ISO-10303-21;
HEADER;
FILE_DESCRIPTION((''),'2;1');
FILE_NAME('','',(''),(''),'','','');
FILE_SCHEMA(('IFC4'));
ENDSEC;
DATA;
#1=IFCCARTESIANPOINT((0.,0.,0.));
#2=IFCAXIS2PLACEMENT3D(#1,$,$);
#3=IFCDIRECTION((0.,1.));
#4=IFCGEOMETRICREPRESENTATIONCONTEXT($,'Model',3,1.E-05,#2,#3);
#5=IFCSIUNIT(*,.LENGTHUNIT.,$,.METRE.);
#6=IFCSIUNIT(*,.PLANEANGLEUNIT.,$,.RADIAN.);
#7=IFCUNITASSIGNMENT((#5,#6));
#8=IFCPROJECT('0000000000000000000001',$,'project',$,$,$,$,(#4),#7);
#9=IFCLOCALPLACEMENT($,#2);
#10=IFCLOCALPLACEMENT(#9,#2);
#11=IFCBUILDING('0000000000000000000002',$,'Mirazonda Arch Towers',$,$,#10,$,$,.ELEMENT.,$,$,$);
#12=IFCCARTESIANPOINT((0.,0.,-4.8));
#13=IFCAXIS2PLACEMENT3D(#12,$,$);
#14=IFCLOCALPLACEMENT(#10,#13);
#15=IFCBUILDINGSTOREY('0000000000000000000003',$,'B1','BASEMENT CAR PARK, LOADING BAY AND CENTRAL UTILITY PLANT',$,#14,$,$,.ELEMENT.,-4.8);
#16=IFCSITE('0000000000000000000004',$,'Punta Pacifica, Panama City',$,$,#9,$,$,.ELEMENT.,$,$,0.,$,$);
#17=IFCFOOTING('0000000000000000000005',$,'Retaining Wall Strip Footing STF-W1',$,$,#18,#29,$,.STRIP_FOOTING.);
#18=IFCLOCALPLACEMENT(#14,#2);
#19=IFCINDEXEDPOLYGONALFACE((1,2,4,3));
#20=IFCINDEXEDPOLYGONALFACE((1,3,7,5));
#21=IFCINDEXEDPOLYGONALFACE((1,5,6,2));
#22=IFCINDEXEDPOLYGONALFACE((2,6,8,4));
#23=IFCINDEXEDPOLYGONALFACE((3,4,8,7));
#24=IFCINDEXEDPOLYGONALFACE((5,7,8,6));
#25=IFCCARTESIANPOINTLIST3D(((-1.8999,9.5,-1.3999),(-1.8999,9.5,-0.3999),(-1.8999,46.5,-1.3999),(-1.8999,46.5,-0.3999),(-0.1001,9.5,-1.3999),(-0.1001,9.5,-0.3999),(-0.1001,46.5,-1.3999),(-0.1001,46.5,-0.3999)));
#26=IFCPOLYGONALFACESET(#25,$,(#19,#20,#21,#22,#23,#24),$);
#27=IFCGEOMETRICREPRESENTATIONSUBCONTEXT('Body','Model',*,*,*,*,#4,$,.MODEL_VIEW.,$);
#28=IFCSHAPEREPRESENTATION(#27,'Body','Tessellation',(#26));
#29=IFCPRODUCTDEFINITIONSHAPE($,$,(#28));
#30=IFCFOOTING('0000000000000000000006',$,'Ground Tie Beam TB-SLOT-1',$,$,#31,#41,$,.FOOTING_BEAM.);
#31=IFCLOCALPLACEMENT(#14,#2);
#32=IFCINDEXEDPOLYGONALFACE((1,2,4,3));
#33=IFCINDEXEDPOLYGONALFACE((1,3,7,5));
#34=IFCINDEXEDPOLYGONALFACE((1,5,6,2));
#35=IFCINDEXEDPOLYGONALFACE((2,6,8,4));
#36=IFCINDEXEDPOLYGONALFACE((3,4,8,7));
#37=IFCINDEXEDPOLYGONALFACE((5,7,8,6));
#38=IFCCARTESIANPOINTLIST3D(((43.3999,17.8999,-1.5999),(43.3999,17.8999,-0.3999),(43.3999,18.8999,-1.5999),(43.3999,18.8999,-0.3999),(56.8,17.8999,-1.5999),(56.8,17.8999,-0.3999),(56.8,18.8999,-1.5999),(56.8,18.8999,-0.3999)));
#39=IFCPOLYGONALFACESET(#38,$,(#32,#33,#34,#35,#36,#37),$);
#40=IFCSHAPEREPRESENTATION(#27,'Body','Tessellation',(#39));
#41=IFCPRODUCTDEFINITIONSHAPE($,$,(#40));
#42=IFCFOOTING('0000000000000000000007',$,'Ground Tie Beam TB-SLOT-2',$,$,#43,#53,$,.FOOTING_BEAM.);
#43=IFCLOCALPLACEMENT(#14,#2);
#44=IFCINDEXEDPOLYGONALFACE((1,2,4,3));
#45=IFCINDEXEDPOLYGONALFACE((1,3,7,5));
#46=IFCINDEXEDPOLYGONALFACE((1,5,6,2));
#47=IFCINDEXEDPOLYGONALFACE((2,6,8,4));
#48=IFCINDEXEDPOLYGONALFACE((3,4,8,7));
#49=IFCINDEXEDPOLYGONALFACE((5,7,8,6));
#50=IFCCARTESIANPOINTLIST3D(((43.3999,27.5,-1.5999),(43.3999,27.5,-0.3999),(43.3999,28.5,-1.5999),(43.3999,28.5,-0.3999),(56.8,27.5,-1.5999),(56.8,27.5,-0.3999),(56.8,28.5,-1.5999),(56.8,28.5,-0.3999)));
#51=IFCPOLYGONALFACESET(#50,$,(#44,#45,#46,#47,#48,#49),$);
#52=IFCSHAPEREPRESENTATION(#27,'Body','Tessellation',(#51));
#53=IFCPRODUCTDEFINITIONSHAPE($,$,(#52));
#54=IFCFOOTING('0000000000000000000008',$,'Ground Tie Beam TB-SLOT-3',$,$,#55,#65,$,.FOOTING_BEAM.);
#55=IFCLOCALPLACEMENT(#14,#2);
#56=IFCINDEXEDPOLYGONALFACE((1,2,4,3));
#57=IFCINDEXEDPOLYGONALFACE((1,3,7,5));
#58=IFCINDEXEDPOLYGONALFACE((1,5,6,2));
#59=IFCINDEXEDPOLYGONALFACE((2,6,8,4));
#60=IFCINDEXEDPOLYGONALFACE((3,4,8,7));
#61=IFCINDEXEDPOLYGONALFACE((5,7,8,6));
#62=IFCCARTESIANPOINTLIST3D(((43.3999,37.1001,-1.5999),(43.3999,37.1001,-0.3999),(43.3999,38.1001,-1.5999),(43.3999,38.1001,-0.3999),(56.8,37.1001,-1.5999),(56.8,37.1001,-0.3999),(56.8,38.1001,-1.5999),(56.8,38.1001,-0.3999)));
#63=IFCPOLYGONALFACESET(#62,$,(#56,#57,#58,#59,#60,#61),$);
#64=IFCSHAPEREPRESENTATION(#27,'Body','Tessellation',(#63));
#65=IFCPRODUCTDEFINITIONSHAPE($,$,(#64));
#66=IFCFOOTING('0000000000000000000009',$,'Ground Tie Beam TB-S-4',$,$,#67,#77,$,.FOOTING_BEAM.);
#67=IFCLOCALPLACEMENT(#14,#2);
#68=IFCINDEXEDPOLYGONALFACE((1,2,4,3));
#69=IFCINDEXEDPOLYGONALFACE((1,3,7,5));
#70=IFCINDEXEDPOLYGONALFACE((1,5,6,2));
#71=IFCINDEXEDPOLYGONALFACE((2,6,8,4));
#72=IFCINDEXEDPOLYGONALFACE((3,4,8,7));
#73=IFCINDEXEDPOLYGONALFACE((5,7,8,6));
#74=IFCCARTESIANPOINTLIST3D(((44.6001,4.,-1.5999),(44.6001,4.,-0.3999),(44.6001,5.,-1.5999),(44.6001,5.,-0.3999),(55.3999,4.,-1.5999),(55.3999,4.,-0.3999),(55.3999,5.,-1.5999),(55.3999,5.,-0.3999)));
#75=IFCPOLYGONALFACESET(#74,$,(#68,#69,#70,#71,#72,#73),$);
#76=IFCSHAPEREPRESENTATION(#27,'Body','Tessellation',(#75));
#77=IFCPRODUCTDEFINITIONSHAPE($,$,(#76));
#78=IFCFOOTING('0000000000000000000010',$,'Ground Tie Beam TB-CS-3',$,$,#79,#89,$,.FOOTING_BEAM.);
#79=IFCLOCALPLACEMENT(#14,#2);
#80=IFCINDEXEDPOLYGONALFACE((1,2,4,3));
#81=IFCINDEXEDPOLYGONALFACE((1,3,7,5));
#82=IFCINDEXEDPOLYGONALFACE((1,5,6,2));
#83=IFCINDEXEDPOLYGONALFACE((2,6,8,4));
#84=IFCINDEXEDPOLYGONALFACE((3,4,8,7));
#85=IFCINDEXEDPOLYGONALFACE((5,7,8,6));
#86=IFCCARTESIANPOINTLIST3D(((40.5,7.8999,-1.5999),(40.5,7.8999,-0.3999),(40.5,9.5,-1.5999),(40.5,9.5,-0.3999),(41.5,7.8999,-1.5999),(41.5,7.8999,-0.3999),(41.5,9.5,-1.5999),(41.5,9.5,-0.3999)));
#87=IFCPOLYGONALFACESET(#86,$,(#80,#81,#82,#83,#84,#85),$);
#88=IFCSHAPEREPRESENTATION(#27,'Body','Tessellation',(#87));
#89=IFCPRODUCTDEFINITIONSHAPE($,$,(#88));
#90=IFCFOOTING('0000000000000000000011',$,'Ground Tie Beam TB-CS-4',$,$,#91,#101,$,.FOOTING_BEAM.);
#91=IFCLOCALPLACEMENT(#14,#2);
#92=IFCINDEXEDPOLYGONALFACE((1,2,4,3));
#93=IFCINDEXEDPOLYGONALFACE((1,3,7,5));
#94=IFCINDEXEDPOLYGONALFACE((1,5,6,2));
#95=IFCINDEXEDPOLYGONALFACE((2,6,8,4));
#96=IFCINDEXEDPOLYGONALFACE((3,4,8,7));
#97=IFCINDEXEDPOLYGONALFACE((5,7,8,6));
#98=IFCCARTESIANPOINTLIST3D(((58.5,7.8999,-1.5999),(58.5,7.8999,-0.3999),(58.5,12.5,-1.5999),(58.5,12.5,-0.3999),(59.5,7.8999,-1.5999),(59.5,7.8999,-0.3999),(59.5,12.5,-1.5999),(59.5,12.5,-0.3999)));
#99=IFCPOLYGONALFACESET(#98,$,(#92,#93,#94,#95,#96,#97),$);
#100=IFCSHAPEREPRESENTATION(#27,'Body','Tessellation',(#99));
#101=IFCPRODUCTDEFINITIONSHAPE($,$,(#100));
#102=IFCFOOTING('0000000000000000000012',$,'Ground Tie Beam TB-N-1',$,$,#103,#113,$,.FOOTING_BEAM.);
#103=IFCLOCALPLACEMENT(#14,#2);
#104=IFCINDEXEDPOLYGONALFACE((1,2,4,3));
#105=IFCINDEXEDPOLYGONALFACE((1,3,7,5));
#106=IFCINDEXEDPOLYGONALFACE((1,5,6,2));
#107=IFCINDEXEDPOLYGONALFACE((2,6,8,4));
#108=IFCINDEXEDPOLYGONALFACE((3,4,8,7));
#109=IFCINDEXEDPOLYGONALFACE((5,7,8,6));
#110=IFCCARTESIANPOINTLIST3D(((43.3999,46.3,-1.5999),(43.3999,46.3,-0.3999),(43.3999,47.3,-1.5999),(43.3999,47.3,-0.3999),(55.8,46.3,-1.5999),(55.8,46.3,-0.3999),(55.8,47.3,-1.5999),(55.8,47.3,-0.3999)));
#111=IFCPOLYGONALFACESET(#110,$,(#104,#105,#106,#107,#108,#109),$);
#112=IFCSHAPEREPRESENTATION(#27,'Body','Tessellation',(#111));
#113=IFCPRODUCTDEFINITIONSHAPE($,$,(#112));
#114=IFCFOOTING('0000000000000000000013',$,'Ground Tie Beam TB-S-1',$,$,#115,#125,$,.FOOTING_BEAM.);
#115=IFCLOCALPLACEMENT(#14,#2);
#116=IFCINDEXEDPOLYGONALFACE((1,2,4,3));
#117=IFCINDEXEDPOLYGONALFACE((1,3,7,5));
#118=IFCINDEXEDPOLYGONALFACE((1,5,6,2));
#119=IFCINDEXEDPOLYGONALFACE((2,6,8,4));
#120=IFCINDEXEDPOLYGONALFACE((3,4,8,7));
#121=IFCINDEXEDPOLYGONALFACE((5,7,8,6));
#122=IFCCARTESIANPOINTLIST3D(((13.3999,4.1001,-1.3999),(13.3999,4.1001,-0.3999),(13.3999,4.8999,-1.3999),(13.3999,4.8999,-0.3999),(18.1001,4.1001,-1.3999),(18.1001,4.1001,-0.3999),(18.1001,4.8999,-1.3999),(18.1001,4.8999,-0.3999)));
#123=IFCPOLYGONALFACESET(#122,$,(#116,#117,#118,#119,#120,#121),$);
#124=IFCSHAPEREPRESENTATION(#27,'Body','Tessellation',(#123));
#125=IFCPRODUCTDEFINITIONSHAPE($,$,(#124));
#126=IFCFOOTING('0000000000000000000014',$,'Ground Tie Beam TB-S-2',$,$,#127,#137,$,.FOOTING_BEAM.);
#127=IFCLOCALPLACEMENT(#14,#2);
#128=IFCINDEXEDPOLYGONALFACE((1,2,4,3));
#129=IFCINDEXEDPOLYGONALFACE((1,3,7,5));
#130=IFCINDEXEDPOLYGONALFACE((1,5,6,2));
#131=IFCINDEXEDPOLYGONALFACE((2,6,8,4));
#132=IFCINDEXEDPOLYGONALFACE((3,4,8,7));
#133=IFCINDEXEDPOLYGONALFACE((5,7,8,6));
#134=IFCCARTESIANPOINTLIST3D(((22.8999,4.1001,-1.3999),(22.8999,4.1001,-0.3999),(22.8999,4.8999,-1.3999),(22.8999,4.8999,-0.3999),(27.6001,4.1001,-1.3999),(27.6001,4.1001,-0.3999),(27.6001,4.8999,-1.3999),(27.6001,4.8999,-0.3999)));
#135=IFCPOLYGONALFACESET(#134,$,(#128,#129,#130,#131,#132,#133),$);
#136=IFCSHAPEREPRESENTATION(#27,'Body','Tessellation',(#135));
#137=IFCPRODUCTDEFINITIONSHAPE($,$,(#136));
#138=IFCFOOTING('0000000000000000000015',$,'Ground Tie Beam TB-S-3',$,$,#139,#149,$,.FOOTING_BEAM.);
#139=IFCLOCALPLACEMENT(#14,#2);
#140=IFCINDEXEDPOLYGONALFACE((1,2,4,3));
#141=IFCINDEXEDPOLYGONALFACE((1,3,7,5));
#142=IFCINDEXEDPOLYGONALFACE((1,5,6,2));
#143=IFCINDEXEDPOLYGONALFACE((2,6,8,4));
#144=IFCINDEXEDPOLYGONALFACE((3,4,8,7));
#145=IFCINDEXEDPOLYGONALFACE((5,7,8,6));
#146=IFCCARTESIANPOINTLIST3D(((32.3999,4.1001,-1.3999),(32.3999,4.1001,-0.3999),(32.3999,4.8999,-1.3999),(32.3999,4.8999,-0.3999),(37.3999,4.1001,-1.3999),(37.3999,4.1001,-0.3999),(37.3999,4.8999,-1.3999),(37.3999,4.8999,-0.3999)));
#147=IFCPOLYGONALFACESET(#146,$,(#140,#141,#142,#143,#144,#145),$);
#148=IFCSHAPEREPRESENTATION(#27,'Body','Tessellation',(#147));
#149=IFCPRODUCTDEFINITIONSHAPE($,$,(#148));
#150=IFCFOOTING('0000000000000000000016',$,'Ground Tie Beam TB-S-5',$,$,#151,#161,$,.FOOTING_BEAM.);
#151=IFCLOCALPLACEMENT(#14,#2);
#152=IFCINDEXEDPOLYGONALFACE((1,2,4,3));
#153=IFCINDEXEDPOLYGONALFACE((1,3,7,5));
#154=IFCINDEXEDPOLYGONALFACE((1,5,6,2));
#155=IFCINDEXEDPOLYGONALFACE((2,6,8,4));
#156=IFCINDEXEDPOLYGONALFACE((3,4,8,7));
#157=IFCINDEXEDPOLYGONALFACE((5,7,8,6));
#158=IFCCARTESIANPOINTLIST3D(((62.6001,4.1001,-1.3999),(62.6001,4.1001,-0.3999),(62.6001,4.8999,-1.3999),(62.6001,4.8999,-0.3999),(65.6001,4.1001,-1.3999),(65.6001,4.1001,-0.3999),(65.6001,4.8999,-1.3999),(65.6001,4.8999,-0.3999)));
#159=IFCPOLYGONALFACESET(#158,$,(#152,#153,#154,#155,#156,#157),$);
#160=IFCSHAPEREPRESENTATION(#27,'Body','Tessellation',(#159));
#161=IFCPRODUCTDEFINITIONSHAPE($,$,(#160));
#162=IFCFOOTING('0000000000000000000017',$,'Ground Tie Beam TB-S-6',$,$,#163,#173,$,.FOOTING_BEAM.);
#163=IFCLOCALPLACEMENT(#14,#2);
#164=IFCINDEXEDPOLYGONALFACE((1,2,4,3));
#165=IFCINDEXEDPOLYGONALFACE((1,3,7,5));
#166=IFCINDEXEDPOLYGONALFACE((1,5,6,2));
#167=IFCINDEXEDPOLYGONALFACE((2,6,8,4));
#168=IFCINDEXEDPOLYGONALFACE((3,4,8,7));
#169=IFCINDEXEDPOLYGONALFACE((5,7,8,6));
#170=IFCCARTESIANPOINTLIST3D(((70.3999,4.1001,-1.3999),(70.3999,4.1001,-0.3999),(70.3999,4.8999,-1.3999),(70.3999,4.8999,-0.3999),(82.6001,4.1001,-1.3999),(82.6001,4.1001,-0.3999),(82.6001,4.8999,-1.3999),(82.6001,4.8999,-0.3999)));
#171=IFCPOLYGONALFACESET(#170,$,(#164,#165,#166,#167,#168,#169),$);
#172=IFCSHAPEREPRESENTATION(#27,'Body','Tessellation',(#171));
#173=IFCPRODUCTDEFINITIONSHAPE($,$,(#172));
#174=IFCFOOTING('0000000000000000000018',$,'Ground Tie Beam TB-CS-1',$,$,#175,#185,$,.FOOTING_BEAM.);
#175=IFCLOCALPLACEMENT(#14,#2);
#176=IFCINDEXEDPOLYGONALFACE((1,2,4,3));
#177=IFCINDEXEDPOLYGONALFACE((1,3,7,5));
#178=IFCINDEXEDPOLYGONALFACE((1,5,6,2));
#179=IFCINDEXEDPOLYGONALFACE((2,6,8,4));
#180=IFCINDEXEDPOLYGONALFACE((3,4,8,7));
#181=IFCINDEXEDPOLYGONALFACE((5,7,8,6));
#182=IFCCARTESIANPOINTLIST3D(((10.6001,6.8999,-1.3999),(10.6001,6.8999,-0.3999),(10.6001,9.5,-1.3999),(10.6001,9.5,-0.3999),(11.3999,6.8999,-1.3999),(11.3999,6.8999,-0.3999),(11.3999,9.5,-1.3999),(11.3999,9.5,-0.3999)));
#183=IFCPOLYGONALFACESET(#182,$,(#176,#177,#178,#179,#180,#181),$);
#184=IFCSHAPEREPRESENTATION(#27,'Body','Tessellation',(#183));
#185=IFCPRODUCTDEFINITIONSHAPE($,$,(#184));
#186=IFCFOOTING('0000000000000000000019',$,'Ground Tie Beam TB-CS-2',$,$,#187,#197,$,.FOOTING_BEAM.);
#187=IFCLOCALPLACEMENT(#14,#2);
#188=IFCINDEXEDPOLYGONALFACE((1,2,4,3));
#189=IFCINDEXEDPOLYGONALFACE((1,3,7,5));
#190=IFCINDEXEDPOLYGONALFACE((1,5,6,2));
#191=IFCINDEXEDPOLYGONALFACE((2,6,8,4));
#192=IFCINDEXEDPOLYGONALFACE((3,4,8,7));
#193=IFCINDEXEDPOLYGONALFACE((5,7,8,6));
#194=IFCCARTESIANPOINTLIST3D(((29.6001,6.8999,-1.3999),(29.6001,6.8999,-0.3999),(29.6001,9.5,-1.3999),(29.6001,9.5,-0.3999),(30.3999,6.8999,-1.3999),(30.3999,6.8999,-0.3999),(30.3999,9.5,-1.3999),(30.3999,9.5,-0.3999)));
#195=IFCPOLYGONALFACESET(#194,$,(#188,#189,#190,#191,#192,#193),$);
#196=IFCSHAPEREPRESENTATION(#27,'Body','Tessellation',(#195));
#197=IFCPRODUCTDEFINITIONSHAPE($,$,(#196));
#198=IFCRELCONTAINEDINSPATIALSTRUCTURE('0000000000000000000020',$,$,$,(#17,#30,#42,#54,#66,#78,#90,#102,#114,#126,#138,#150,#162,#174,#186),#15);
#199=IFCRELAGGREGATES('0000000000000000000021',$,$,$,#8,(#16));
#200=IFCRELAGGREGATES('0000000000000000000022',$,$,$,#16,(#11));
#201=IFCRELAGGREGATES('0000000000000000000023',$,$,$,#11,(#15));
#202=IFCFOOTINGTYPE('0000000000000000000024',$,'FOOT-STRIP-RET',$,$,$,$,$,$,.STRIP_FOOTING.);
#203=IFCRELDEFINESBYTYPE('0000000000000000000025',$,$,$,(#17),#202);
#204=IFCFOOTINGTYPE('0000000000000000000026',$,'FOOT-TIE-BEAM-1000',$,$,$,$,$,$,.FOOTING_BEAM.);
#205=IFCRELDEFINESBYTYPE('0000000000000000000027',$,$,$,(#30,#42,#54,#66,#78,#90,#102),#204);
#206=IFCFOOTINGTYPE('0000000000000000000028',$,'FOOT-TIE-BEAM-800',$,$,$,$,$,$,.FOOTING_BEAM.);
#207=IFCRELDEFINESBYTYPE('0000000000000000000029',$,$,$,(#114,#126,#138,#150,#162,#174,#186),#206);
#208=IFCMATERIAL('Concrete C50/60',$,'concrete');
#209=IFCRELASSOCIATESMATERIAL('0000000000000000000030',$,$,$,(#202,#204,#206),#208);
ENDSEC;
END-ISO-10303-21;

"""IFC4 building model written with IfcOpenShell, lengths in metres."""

from ifc_helpers import new_model, si_unit, direction, frame, origin, place, context, subcontext, project, spatial, polyline, outline, extrude, material, type_object, element, save


model = new_model("IFC4")

# Units and contexts
model_context = context("Model", 3, precision=1e-05, world=origin(), true_north=direction((0.0, 1.0)))
body_context = subcontext(model_context, "Body", "Model", "MODEL_VIEW")
ifc_project = project(units=[si_unit("LENGTHUNIT", "METRE"), si_unit("PLANEANGLEUNIT", "RADIAN")], contexts=[model_context])

# Site, building, storey
site_placement = place(None, origin())
site = spatial("IfcSite", under=ifc_project, at=site_placement, Name="Punta Pacifica, Panama City", CompositionType="ELEMENT", RefElevation=0.0)
building_placement = place(site_placement, origin())
building = spatial("IfcBuilding", under=site, at=building_placement, Name="Mirazonda Arch Towers", CompositionType="ELEMENT")
storey_placement = place(building_placement, frame((0.0, 0.0, -4.8)))
storey = spatial("IfcBuildingStorey", under=building, at=storey_placement, Name="B1", Description="BASEMENT CAR PARK, LOADING BAY AND CENTRAL UTILITY PLANT", CompositionType="ELEMENT", Elevation=-4.8)

# Footings
ifc_material = material(Name="Concrete C50/60", Category="concrete")
footing_type_1 = type_object("IfcFootingType", Name="FOOT-STRIP-RET", PredefinedType="STRIP_FOOTING", material=ifc_material)
footing_1_placement = place(storey_placement, frame((0.0, 0.0, -1.3999)))
element("IfcFooting", 1, at=footing_1_placement, inside=storey, type_object=footing_type_1, Name="Retaining Wall Strip Footing STF-W1", PredefinedType="STRIP_FOOTING", context=body_context, shape_type="SweptSolid", body=[
    extrude(outline(polyline([(-1.8999, 9.5), (-0.1001, 9.5), (-0.1001, 46.5), (-1.8999, 46.5), (-1.8999, 9.5)])), origin(), (0.0, 0.0, 1.0), 1.0),
])
footing_type_2 = type_object("IfcFootingType", Name="FOOT-TIE-BEAM-1000", PredefinedType="FOOTING_BEAM", material=ifc_material)
footing_2_placement = place(storey_placement, frame((0.0, 0.0, -1.5999)))
element("IfcFooting", 2, at=footing_2_placement, inside=storey, type_object=footing_type_2, Name="Ground Tie Beam TB-SLOT-1", PredefinedType="FOOTING_BEAM", context=body_context, shape_type="SweptSolid", body=[
    extrude(outline(polyline([(43.3999, 17.8999), (56.8, 17.8999), (56.8, 18.8999), (43.3999, 18.8999), (43.3999, 17.8999)])), origin(), (0.0, 0.0, 1.0), 1.2),
])
footing_3_placement = place(storey_placement, frame((0.0, 0.0, -1.5999)))
element("IfcFooting", 3, at=footing_3_placement, inside=storey, type_object=footing_type_2, Name="Ground Tie Beam TB-SLOT-2", PredefinedType="FOOTING_BEAM", context=body_context, shape_type="SweptSolid", body=[
    extrude(outline(polyline([(43.3999, 27.5), (56.8, 27.5), (56.8, 28.5), (43.3999, 28.5), (43.3999, 27.5)])), origin(), (0.0, 0.0, 1.0), 1.2),
])
footing_4_placement = place(storey_placement, frame((0.0, 0.0, -1.5999)))
element("IfcFooting", 4, at=footing_4_placement, inside=storey, type_object=footing_type_2, Name="Ground Tie Beam TB-SLOT-3", PredefinedType="FOOTING_BEAM", context=body_context, shape_type="SweptSolid", body=[
    extrude(outline(polyline([(43.3999, 37.1001), (56.8, 37.1001), (56.8, 38.1001), (43.3999, 38.1001), (43.3999, 37.1001)])), origin(), (0.0, 0.0, 1.0), 1.2),
])
footing_5_placement = place(storey_placement, frame((0.0, 0.0, -1.5999)))
element("IfcFooting", 5, at=footing_5_placement, inside=storey, type_object=footing_type_2, Name="Ground Tie Beam TB-S-4", PredefinedType="FOOTING_BEAM", context=body_context, shape_type="SweptSolid", body=[
    extrude(outline(polyline([(44.6001, 4.0), (55.3999, 4.0), (55.3999, 5.0), (44.6001, 5.0), (44.6001, 4.0)])), origin(), (0.0, 0.0, 1.0), 1.2),
])
footing_6_placement = place(storey_placement, frame((0.0, 0.0, -1.5999)))
element("IfcFooting", 6, at=footing_6_placement, inside=storey, type_object=footing_type_2, Name="Ground Tie Beam TB-CS-3", PredefinedType="FOOTING_BEAM", context=body_context, shape_type="SweptSolid", body=[
    extrude(outline(polyline([(40.5, 7.8999), (41.5, 7.8999), (41.5, 9.5), (40.5, 9.5), (40.5, 7.8999)])), origin(), (0.0, 0.0, 1.0), 1.2),
])
footing_7_placement = place(storey_placement, frame((0.0, 0.0, -1.5999)))
element("IfcFooting", 7, at=footing_7_placement, inside=storey, type_object=footing_type_2, Name="Ground Tie Beam TB-CS-4", PredefinedType="FOOTING_BEAM", context=body_context, shape_type="SweptSolid", body=[
    extrude(outline(polyline([(58.5, 7.8999), (59.5, 7.8999), (59.5, 12.5), (58.5, 12.5), (58.5, 7.8999)])), origin(), (0.0, 0.0, 1.0), 1.2),
])
footing_8_placement = place(storey_placement, frame((0.0, 0.0, -1.5999)))
element("IfcFooting", 8, at=footing_8_placement, inside=storey, type_object=footing_type_2, Name="Ground Tie Beam TB-N-1", PredefinedType="FOOTING_BEAM", context=body_context, shape_type="SweptSolid", body=[
    extrude(outline(polyline([(43.3999, 46.3), (55.8, 46.3), (55.8, 47.3), (43.3999, 47.3), (43.3999, 46.3)])), origin(), (0.0, 0.0, 1.0), 1.2),
])
footing_type_3 = type_object("IfcFootingType", Name="FOOT-TIE-BEAM-800", PredefinedType="FOOTING_BEAM", material=ifc_material)
footing_9_placement = place(storey_placement, frame((0.0, 0.0, -1.3999)))
element("IfcFooting", 9, at=footing_9_placement, inside=storey, type_object=footing_type_3, Name="Ground Tie Beam TB-S-1", PredefinedType="FOOTING_BEAM", context=body_context, shape_type="SweptSolid", body=[
    extrude(outline(polyline([(13.3999, 4.1001), (18.1001, 4.1001), (18.1001, 4.8999), (13.3999, 4.8999), (13.3999, 4.1001)])), origin(), (0.0, 0.0, 1.0), 1.0),
])
footing_10_placement = place(storey_placement, frame((0.0, 0.0, -1.3999)))
element("IfcFooting", 10, at=footing_10_placement, inside=storey, type_object=footing_type_3, Name="Ground Tie Beam TB-S-2", PredefinedType="FOOTING_BEAM", context=body_context, shape_type="SweptSolid", body=[
    extrude(outline(polyline([(22.8999, 4.1001), (27.6001, 4.1001), (27.6001, 4.8999), (22.8999, 4.8999), (22.8999, 4.1001)])), origin(), (0.0, 0.0, 1.0), 1.0),
])
footing_11_placement = place(storey_placement, frame((0.0, 0.0, -1.3999)))
element("IfcFooting", 11, at=footing_11_placement, inside=storey, type_object=footing_type_3, Name="Ground Tie Beam TB-S-3", PredefinedType="FOOTING_BEAM", context=body_context, shape_type="SweptSolid", body=[
    extrude(outline(polyline([(32.3999, 4.1001), (37.3999, 4.1001), (37.3999, 4.8999), (32.3999, 4.8999), (32.3999, 4.1001)])), origin(), (0.0, 0.0, 1.0), 1.0),
])
footing_12_placement = place(storey_placement, frame((0.0, 0.0, -1.3999)))
element("IfcFooting", 12, at=footing_12_placement, inside=storey, type_object=footing_type_3, Name="Ground Tie Beam TB-S-5", PredefinedType="FOOTING_BEAM", context=body_context, shape_type="SweptSolid", body=[
    extrude(outline(polyline([(62.6001, 4.1001), (65.6001, 4.1001), (65.6001, 4.8999), (62.6001, 4.8999), (62.6001, 4.1001)])), origin(), (0.0, 0.0, 1.0), 1.0),
])
footing_13_placement = place(storey_placement, frame((0.0, 0.0, -1.3999)))
element("IfcFooting", 13, at=footing_13_placement, inside=storey, type_object=footing_type_3, Name="Ground Tie Beam TB-S-6", PredefinedType="FOOTING_BEAM", context=body_context, shape_type="SweptSolid", body=[
    extrude(outline(polyline([(70.3999, 4.1001), (82.6001, 4.1001), (82.6001, 4.8999), (70.3999, 4.8999), (70.3999, 4.1001)])), origin(), (0.0, 0.0, 1.0), 1.0),
])
footing_14_placement = place(storey_placement, frame((0.0, 0.0, -1.3999)))
element("IfcFooting", 14, at=footing_14_placement, inside=storey, type_object=footing_type_3, Name="Ground Tie Beam TB-CS-1", PredefinedType="FOOTING_BEAM", context=body_context, shape_type="SweptSolid", body=[
    extrude(outline(polyline([(10.6001, 6.8999), (11.3999, 6.8999), (11.3999, 9.5), (10.6001, 9.5), (10.6001, 6.8999)])), origin(), (0.0, 0.0, 1.0), 1.0),
])
footing_15_placement = place(storey_placement, frame((0.0, 0.0, -1.3999)))
element("IfcFooting", 15, at=footing_15_placement, inside=storey, type_object=footing_type_3, Name="Ground Tie Beam TB-CS-2", PredefinedType="FOOTING_BEAM", context=body_context, shape_type="SweptSolid", body=[
    extrude(outline(polyline([(29.6001, 6.8999), (30.3999, 6.8999), (30.3999, 9.5), (29.6001, 9.5), (29.6001, 6.8999)])), origin(), (0.0, 0.0, 1.0), 1.0),
])

save(model, "model.ifc")
